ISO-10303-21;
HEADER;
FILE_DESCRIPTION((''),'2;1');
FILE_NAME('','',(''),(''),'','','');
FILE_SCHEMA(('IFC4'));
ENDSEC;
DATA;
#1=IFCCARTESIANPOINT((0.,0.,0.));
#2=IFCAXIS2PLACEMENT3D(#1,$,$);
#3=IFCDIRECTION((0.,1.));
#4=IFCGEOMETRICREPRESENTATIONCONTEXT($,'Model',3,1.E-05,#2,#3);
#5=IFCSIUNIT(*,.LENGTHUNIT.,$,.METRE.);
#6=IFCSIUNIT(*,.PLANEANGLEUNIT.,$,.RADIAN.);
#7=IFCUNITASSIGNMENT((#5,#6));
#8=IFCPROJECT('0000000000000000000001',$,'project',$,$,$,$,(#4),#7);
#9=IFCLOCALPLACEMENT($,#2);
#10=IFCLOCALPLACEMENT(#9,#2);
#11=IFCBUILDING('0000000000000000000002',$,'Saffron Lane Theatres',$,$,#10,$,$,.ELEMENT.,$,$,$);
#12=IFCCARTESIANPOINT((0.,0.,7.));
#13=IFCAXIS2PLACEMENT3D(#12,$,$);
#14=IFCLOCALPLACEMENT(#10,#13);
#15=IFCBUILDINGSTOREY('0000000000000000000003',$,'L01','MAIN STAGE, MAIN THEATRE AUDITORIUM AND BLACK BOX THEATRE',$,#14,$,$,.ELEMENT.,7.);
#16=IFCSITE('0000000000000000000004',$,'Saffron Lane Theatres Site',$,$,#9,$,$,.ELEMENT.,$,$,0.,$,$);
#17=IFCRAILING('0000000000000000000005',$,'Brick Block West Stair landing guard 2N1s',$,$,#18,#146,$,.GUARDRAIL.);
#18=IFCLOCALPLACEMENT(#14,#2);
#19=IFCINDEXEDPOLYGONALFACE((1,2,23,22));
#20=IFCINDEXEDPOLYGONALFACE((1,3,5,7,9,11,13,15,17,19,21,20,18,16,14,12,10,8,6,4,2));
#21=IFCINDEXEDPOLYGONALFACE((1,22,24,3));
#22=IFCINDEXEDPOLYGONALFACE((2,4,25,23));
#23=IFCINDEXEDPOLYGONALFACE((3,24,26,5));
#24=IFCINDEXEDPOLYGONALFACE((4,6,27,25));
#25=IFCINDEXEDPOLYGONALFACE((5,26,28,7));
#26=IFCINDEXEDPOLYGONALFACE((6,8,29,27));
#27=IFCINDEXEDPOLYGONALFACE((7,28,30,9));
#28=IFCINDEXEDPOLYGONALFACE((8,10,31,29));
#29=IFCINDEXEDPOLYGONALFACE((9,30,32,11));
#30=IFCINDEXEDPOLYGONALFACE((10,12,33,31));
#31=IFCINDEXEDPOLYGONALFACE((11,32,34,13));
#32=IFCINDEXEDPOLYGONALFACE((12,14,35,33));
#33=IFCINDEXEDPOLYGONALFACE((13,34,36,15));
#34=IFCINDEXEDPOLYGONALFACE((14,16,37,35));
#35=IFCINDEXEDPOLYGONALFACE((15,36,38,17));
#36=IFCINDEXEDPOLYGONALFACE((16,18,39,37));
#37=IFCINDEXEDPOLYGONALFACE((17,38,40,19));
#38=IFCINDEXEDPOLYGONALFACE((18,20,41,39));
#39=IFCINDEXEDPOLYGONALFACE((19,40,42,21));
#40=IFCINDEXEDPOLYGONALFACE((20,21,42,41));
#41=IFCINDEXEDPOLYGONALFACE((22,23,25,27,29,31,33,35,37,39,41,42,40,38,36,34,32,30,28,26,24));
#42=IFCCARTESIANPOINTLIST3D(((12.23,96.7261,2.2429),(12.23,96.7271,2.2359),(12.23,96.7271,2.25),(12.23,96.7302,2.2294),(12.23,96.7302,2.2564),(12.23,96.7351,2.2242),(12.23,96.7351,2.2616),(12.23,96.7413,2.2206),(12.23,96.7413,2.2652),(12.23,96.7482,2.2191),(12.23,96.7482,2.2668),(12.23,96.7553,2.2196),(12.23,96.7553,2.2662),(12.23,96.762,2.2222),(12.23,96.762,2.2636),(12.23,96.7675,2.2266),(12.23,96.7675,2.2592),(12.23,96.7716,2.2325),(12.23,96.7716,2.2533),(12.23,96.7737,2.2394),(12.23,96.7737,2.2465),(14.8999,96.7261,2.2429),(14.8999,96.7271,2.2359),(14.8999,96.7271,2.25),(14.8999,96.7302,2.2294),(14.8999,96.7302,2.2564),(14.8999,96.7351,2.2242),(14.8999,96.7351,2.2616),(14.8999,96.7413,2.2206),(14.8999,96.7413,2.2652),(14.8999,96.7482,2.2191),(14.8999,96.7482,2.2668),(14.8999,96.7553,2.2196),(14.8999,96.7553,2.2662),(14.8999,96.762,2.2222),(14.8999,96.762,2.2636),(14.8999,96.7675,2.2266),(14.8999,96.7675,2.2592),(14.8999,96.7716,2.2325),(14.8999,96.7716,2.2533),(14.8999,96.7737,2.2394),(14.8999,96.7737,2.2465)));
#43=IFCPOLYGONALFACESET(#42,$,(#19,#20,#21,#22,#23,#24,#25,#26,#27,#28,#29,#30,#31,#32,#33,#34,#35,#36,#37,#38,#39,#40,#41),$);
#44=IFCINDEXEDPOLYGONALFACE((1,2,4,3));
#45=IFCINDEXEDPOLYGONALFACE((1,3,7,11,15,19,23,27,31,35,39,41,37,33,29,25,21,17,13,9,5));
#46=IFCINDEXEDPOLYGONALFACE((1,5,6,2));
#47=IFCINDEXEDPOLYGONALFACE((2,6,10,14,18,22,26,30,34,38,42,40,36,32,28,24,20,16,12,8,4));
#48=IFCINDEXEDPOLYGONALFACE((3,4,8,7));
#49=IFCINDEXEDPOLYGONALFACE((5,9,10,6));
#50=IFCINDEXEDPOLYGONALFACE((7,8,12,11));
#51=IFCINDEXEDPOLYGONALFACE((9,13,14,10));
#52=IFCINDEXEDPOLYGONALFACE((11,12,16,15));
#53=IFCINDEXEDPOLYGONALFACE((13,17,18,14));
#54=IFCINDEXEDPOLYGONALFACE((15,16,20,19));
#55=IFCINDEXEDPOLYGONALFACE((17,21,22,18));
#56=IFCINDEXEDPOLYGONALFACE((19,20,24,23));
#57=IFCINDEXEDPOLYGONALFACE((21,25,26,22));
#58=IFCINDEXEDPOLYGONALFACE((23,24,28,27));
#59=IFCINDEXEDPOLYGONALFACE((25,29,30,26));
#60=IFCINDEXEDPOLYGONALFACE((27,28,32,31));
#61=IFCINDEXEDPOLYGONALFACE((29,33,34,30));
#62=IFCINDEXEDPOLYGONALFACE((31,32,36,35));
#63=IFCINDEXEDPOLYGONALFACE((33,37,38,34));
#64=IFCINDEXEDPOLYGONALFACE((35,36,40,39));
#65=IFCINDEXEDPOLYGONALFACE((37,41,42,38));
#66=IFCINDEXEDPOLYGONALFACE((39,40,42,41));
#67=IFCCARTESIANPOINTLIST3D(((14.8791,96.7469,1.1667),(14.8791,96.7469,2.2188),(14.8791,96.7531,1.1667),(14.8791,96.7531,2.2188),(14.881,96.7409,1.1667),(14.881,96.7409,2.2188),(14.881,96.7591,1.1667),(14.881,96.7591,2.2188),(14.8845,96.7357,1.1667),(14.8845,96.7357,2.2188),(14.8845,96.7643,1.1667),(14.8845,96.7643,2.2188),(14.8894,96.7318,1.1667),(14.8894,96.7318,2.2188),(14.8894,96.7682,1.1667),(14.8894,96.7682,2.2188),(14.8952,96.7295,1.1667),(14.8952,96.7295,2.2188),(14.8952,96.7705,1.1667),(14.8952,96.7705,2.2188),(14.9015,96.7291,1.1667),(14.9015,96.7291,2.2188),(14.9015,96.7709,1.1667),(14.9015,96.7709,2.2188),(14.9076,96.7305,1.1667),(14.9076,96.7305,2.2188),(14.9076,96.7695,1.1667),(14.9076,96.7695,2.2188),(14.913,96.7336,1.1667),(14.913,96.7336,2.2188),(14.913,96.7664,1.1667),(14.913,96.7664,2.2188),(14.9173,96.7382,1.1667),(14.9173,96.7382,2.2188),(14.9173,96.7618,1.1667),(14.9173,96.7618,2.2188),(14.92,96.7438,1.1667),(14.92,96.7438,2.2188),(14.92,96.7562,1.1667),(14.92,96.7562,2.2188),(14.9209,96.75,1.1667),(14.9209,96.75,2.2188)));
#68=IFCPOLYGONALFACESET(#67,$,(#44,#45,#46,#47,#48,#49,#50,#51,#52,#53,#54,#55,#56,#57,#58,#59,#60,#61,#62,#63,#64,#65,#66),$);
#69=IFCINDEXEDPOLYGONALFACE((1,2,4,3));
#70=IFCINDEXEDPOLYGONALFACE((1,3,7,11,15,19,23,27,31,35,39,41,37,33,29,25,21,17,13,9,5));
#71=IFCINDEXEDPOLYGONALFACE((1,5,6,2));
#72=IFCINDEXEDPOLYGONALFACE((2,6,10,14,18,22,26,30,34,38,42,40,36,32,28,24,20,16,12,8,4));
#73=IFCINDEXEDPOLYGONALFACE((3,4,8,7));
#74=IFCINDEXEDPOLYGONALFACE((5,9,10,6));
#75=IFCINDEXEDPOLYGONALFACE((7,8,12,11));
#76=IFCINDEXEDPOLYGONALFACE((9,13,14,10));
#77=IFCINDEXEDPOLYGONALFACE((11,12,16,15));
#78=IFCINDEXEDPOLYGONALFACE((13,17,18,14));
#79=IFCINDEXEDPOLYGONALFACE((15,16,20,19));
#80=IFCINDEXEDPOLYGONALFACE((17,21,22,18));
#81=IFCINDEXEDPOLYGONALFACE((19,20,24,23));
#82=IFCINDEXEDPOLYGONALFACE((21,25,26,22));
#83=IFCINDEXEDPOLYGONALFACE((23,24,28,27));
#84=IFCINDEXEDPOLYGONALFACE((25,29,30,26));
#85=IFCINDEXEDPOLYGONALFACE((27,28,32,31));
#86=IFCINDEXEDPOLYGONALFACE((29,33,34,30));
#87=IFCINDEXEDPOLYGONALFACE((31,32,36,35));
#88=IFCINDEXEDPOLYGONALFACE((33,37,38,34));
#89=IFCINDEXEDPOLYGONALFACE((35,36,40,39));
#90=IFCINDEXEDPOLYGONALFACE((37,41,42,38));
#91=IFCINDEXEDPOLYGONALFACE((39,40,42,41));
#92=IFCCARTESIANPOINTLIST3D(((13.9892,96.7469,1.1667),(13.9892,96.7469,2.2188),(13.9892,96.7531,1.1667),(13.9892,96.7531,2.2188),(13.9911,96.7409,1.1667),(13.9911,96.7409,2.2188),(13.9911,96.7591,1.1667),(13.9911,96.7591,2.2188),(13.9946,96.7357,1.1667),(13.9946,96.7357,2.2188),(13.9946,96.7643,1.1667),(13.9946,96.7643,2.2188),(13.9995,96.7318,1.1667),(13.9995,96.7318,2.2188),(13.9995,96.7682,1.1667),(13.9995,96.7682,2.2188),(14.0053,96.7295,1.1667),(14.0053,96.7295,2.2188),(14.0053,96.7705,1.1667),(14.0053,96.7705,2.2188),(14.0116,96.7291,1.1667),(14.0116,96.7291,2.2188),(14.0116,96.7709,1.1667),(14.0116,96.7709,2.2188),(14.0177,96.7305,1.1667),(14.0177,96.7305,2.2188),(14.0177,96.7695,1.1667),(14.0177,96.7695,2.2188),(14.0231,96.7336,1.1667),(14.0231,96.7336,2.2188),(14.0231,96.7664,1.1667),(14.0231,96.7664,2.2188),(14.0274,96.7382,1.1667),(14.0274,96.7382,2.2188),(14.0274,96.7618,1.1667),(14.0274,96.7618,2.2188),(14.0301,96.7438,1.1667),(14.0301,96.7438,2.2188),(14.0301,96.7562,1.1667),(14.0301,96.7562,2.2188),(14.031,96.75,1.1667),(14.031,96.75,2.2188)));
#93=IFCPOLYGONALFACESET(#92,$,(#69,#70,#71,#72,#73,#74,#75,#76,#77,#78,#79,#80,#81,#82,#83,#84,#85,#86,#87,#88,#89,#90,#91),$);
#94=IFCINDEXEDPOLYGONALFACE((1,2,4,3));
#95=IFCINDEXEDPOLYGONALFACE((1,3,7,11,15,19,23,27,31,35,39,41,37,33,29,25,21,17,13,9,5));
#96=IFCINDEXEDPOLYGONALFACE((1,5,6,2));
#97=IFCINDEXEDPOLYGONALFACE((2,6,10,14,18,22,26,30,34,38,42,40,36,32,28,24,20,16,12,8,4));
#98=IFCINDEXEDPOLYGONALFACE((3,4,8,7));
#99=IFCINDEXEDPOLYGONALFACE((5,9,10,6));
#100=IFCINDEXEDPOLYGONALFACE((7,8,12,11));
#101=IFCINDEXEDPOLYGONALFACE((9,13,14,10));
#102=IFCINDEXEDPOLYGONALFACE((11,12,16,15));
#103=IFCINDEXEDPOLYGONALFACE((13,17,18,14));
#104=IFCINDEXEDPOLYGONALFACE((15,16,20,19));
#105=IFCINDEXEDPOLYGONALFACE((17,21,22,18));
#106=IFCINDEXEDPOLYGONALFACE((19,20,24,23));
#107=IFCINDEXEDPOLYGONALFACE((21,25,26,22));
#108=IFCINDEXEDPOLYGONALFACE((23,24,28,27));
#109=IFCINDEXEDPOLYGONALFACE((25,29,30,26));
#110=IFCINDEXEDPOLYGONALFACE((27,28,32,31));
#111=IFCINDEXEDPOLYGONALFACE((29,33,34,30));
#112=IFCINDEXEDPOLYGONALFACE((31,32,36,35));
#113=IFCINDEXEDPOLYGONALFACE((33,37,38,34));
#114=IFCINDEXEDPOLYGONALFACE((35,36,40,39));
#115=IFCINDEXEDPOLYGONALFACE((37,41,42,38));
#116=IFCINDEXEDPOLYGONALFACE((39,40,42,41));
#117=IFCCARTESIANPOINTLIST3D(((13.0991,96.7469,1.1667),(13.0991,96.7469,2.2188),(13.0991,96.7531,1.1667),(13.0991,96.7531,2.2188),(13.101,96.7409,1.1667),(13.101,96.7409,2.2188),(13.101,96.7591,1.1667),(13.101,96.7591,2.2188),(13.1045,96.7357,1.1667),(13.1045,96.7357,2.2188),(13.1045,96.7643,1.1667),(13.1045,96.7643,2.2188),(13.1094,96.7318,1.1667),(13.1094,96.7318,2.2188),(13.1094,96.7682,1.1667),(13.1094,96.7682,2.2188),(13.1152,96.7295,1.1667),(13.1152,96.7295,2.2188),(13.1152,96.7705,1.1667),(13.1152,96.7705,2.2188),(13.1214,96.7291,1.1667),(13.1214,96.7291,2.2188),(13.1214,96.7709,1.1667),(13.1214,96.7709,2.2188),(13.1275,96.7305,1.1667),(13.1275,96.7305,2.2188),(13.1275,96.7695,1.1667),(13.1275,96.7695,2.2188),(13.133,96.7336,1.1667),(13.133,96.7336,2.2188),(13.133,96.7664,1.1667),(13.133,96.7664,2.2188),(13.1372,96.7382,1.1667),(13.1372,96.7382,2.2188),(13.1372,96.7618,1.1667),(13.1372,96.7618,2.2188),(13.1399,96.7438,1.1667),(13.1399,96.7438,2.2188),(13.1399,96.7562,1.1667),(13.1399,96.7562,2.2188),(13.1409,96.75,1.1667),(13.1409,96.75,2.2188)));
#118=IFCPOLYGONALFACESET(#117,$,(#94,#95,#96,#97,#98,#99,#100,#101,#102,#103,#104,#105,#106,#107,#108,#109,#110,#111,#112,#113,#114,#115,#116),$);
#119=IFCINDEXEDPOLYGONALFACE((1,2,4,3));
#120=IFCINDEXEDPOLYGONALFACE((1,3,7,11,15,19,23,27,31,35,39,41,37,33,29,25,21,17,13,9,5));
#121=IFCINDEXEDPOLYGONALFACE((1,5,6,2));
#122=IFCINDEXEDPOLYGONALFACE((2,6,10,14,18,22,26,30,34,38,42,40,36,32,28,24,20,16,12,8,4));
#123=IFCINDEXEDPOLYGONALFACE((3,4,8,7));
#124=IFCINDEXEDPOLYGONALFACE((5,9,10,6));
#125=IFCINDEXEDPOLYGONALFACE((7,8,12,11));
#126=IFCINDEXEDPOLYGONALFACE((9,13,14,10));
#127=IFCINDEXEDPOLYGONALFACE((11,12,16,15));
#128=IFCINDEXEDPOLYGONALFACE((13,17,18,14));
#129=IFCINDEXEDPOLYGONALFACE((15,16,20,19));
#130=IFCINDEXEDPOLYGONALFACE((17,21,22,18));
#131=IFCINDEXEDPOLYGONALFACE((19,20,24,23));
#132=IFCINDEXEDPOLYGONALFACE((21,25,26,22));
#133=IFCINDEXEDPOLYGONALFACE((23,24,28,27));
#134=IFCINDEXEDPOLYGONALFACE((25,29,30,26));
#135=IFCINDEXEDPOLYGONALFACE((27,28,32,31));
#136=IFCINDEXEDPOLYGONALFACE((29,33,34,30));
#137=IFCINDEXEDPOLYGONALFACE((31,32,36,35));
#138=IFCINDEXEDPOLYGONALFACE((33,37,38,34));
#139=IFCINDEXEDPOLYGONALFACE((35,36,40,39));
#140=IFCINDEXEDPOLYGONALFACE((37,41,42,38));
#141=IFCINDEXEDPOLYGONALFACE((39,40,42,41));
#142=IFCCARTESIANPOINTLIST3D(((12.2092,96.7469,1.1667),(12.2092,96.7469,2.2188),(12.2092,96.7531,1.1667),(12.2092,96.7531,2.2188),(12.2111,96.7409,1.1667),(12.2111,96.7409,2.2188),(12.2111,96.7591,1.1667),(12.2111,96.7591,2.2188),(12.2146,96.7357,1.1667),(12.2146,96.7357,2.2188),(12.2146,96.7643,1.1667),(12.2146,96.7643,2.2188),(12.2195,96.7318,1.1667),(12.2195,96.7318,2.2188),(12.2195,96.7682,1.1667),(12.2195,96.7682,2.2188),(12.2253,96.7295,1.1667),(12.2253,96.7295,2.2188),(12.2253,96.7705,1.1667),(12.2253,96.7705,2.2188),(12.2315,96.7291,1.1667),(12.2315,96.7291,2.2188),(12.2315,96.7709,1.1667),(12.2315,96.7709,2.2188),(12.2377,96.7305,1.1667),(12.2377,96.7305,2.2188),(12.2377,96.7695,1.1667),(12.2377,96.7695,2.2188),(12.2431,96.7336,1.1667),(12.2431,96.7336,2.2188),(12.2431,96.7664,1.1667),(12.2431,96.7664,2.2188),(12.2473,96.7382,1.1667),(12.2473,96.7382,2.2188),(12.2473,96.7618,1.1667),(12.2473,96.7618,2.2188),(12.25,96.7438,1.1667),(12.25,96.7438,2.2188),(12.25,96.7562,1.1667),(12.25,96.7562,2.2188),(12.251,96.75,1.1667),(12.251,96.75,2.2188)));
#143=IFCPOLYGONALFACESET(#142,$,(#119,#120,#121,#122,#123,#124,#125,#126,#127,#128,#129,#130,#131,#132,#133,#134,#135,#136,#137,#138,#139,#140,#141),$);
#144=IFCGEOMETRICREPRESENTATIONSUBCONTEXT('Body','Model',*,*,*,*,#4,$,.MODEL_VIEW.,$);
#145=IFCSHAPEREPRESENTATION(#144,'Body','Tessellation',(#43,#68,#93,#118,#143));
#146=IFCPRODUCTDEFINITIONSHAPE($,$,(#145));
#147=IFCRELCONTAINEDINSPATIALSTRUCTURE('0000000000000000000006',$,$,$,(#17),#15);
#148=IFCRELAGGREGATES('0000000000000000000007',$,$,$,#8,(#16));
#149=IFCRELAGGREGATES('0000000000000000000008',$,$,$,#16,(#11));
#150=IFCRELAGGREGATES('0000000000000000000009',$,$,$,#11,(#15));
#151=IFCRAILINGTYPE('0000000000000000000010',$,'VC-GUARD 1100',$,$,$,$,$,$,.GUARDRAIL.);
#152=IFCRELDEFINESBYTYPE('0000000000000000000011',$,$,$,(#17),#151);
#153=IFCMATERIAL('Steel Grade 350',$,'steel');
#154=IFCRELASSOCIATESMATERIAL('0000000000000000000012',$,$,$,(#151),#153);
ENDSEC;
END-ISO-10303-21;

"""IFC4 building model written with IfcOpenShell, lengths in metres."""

from ifc_helpers import new_model, si_unit, direction, frame, origin, origin_2d, place, context, subcontext, project, spatial, circle, extrude, material, type_object, element, save


model = new_model("IFC4")

# Units and contexts
model_context = context("Model", 3, precision=1e-05, world=origin(), true_north=direction((0.0, 1.0)))
body_context = subcontext(model_context, "Body", "Model", "MODEL_VIEW")
ifc_project = project(units=[si_unit("LENGTHUNIT", "METRE"), si_unit("PLANEANGLEUNIT", "RADIAN")], contexts=[model_context])

# Site, building, storey
site_placement = place(None, origin())
site = spatial("IfcSite", under=ifc_project, at=site_placement, Name="Saffron Lane Theatres Site", CompositionType="ELEMENT", RefElevation=0.0)
building_placement = place(site_placement, origin())
building = spatial("IfcBuilding", under=site, at=building_placement, Name="Saffron Lane Theatres", CompositionType="ELEMENT")
storey_placement = place(building_placement, frame((0.0, 0.0, 7.0)))
storey = spatial("IfcBuildingStorey", under=building, at=storey_placement, Name="L01", Description="MAIN STAGE, MAIN THEATRE AUDITORIUM AND BLACK BOX THEATRE", CompositionType="ELEMENT", Elevation=7.0)

# Railing
ifc_material_1 = material(Name="Steel Grade 350", Category="steel")
railing_type_1 = type_object("IfcRailingType", Name="VC-GUARD 1100", PredefinedType="GUARDRAIL", material=ifc_material_1)
railing_1_placement = place(storey_placement, frame((14.8999, 96.75, 1.1667)))
element("IfcRailing", 1, at=railing_1_placement, inside=storey, type_object=railing_type_1, Name="Brick Block West Stair landing guard 2N1s", PredefinedType="GUARDRAIL", context=body_context, shape_type="SweptSolid", body=[
    extrude(circle(Radius=0.0239, at=origin_2d()), frame((0.0, 0.0, 1.0762), z_axis=(-1.0, 0.0, 0.0), x_axis=(0.0, -1.0, 0.0)), (0.0, 0.0, 1.0), 2.6699),
    extrude(circle(Radius=0.021, at=origin_2d()), origin(), (0.0, 0.0, 1.0), 1.052),
    extrude(circle(Radius=0.021, at=origin_2d()), frame((-0.8899, 0.0, 0.0)), (0.0, 0.0, 1.0), 1.052),
    extrude(circle(Radius=0.021, at=origin_2d()), frame((-1.78, 0.0, 0.0)), (0.0, 0.0, 1.0), 1.052),
    extrude(circle(Radius=0.021, at=origin_2d()), frame((-2.6699, 0.0, 0.0)), (0.0, 0.0, 1.0), 1.052),
])

save(model, "model.ifc")
